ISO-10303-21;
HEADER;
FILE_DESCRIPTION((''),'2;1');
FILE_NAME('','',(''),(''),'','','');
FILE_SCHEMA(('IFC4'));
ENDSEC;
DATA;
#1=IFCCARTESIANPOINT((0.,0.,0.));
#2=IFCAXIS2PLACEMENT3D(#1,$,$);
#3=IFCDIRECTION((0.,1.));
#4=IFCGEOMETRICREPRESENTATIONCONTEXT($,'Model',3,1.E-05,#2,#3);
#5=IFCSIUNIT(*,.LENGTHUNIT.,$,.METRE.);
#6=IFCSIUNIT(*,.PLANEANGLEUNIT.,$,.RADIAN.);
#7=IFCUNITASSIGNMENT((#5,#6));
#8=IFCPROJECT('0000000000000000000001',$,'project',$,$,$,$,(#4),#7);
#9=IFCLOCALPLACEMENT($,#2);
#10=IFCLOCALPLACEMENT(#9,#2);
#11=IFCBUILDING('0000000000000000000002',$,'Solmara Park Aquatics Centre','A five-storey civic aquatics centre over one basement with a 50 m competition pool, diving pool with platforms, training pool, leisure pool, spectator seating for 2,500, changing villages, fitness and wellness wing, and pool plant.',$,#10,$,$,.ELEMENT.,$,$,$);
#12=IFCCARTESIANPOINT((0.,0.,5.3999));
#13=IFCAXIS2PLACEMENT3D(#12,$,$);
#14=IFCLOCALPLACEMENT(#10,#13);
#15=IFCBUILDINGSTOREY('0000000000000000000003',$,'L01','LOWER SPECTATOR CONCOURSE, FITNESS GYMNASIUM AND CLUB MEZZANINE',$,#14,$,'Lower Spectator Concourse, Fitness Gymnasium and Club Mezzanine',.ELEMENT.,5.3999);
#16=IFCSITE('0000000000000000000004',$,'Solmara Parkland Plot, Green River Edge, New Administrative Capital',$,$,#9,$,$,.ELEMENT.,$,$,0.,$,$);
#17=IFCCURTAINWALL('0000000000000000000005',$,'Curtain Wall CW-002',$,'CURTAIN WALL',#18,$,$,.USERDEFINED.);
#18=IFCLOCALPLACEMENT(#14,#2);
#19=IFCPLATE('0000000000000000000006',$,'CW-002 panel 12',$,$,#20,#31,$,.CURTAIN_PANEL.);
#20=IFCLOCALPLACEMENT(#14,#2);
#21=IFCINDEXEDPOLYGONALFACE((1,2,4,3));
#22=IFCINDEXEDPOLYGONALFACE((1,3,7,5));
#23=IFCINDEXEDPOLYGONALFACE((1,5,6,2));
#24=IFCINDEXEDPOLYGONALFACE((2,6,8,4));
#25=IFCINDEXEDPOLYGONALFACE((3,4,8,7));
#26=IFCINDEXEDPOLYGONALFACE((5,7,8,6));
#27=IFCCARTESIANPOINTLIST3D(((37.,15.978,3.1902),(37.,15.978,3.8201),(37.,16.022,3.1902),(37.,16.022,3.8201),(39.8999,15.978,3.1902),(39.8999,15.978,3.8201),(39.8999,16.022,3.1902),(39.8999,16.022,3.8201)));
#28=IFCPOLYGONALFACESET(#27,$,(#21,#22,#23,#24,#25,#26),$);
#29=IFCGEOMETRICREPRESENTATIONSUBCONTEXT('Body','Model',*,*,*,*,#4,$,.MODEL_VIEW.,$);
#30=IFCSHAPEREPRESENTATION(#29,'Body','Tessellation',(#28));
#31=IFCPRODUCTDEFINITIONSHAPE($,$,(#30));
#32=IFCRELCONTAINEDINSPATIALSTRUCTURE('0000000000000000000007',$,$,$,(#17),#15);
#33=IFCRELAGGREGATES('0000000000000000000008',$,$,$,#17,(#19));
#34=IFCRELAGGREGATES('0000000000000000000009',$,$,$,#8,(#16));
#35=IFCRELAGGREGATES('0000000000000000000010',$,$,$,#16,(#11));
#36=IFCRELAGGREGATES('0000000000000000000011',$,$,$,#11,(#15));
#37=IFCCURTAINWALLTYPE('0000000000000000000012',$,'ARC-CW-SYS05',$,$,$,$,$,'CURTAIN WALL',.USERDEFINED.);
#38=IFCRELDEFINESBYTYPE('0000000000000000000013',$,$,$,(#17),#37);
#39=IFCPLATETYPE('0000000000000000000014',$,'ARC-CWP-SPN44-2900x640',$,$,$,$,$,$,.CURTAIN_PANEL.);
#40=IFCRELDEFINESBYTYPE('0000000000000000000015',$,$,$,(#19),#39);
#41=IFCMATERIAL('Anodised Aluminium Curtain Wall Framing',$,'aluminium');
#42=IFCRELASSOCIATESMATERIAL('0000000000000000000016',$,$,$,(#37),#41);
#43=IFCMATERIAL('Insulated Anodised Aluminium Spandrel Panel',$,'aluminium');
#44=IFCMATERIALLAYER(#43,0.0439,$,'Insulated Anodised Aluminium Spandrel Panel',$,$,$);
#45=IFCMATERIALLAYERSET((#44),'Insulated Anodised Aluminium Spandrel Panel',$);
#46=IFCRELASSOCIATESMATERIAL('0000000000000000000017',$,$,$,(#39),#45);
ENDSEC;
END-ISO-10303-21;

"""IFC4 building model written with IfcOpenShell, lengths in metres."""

from ifc_helpers import new_model, si_unit, direction, frame, origin, origin_2d, place, context, subcontext, project, spatial, rectangle, extrude, material, layer, layer_set, type_object, element, aggregate, save


model = new_model("IFC4")

# Units and contexts
model_context = context("Model", 3, precision=1e-05, world=origin(), true_north=direction((0.0, 1.0)))
body_context = subcontext(model_context, "Body", "Model", "MODEL_VIEW")
ifc_project = project(units=[si_unit("LENGTHUNIT", "METRE"), si_unit("PLANEANGLEUNIT", "RADIAN")], contexts=[model_context])

# Site, building, storey
site_placement = place(None, origin())
site = spatial("IfcSite", under=ifc_project, at=site_placement, Name="Solmara Parkland Plot, Green River Edge, New Administrative Capital", CompositionType="ELEMENT", RefElevation=0.0)
building_placement = place(site_placement, origin())
building = spatial("IfcBuilding", under=site, at=building_placement, Name="Solmara Park Aquatics Centre", Description="A five-storey civic aquatics centre over one basement with a 50 m competition pool, diving pool with platforms, training pool, leisure pool, spectator seating for 2,500, changing villages, fitness and wellness wing, and pool plant.", CompositionType="ELEMENT")
storey_placement = place(building_placement, frame((0.0, 0.0, 5.3999)))
storey = spatial("IfcBuildingStorey", under=building, at=storey_placement, Name="L01", Description="LOWER SPECTATOR CONCOURSE, FITNESS GYMNASIUM AND CLUB MEZZANINE", LongName="Lower Spectator Concourse, Fitness Gymnasium and Club Mezzanine", CompositionType="ELEMENT", Elevation=5.3999)

# Curtain wall
ifc_material_1 = material(Name="Anodised Aluminium Curtain Wall Framing", Category="aluminium")
curtain_wall_type = type_object("IfcCurtainWallType", Name="ARC-CW-SYS05", ElementType="CURTAIN WALL", PredefinedType="USERDEFINED", material=ifc_material_1)
curtain_wall_1_placement = place(storey_placement, origin())
curtain_wall_1 = element("IfcCurtainWall", 1, at=curtain_wall_1_placement, inside=storey, type_object=curtain_wall_type, Name="Curtain Wall CW-002", ObjectType="CURTAIN WALL", PredefinedType="USERDEFINED")

# Plate
ifc_material_2 = material(Name="Insulated Anodised Aluminium Spandrel Panel", Category="aluminium")
ifc_layer_1 = layer(ifc_material_2, 0.0439, Name="Insulated Anodised Aluminium Spandrel Panel")
ifc_layer_set_1 = layer_set([ifc_layer_1], Name="Insulated Anodised Aluminium Spandrel Panel")
plate_type_1 = type_object("IfcPlateType", Name="ARC-CWP-SPN44-2900x640", PredefinedType="CURTAIN_PANEL", material=ifc_layer_set_1)
plate_1_placement = place(storey_placement, frame((38.45, 16.0, 3.1902), z_axis=(0.0, 0.0, 1.0), x_axis=(1.0, 0.0, 0.0)))
plate_1 = element("IfcPlate", 2, at=plate_1_placement, type_object=plate_type_1, Name="CW-002 panel 12", PredefinedType="CURTAIN_PANEL", context=body_context, shape_type="SweptSolid", body=[
    extrude(rectangle(XDim=2.8999, YDim=0.0439, at=origin_2d()), origin(), (0.0, 0.0, 1.0), 0.6299),
])
aggregate(curtain_wall_1, [plate_1])

save(model, "model.ifc")
